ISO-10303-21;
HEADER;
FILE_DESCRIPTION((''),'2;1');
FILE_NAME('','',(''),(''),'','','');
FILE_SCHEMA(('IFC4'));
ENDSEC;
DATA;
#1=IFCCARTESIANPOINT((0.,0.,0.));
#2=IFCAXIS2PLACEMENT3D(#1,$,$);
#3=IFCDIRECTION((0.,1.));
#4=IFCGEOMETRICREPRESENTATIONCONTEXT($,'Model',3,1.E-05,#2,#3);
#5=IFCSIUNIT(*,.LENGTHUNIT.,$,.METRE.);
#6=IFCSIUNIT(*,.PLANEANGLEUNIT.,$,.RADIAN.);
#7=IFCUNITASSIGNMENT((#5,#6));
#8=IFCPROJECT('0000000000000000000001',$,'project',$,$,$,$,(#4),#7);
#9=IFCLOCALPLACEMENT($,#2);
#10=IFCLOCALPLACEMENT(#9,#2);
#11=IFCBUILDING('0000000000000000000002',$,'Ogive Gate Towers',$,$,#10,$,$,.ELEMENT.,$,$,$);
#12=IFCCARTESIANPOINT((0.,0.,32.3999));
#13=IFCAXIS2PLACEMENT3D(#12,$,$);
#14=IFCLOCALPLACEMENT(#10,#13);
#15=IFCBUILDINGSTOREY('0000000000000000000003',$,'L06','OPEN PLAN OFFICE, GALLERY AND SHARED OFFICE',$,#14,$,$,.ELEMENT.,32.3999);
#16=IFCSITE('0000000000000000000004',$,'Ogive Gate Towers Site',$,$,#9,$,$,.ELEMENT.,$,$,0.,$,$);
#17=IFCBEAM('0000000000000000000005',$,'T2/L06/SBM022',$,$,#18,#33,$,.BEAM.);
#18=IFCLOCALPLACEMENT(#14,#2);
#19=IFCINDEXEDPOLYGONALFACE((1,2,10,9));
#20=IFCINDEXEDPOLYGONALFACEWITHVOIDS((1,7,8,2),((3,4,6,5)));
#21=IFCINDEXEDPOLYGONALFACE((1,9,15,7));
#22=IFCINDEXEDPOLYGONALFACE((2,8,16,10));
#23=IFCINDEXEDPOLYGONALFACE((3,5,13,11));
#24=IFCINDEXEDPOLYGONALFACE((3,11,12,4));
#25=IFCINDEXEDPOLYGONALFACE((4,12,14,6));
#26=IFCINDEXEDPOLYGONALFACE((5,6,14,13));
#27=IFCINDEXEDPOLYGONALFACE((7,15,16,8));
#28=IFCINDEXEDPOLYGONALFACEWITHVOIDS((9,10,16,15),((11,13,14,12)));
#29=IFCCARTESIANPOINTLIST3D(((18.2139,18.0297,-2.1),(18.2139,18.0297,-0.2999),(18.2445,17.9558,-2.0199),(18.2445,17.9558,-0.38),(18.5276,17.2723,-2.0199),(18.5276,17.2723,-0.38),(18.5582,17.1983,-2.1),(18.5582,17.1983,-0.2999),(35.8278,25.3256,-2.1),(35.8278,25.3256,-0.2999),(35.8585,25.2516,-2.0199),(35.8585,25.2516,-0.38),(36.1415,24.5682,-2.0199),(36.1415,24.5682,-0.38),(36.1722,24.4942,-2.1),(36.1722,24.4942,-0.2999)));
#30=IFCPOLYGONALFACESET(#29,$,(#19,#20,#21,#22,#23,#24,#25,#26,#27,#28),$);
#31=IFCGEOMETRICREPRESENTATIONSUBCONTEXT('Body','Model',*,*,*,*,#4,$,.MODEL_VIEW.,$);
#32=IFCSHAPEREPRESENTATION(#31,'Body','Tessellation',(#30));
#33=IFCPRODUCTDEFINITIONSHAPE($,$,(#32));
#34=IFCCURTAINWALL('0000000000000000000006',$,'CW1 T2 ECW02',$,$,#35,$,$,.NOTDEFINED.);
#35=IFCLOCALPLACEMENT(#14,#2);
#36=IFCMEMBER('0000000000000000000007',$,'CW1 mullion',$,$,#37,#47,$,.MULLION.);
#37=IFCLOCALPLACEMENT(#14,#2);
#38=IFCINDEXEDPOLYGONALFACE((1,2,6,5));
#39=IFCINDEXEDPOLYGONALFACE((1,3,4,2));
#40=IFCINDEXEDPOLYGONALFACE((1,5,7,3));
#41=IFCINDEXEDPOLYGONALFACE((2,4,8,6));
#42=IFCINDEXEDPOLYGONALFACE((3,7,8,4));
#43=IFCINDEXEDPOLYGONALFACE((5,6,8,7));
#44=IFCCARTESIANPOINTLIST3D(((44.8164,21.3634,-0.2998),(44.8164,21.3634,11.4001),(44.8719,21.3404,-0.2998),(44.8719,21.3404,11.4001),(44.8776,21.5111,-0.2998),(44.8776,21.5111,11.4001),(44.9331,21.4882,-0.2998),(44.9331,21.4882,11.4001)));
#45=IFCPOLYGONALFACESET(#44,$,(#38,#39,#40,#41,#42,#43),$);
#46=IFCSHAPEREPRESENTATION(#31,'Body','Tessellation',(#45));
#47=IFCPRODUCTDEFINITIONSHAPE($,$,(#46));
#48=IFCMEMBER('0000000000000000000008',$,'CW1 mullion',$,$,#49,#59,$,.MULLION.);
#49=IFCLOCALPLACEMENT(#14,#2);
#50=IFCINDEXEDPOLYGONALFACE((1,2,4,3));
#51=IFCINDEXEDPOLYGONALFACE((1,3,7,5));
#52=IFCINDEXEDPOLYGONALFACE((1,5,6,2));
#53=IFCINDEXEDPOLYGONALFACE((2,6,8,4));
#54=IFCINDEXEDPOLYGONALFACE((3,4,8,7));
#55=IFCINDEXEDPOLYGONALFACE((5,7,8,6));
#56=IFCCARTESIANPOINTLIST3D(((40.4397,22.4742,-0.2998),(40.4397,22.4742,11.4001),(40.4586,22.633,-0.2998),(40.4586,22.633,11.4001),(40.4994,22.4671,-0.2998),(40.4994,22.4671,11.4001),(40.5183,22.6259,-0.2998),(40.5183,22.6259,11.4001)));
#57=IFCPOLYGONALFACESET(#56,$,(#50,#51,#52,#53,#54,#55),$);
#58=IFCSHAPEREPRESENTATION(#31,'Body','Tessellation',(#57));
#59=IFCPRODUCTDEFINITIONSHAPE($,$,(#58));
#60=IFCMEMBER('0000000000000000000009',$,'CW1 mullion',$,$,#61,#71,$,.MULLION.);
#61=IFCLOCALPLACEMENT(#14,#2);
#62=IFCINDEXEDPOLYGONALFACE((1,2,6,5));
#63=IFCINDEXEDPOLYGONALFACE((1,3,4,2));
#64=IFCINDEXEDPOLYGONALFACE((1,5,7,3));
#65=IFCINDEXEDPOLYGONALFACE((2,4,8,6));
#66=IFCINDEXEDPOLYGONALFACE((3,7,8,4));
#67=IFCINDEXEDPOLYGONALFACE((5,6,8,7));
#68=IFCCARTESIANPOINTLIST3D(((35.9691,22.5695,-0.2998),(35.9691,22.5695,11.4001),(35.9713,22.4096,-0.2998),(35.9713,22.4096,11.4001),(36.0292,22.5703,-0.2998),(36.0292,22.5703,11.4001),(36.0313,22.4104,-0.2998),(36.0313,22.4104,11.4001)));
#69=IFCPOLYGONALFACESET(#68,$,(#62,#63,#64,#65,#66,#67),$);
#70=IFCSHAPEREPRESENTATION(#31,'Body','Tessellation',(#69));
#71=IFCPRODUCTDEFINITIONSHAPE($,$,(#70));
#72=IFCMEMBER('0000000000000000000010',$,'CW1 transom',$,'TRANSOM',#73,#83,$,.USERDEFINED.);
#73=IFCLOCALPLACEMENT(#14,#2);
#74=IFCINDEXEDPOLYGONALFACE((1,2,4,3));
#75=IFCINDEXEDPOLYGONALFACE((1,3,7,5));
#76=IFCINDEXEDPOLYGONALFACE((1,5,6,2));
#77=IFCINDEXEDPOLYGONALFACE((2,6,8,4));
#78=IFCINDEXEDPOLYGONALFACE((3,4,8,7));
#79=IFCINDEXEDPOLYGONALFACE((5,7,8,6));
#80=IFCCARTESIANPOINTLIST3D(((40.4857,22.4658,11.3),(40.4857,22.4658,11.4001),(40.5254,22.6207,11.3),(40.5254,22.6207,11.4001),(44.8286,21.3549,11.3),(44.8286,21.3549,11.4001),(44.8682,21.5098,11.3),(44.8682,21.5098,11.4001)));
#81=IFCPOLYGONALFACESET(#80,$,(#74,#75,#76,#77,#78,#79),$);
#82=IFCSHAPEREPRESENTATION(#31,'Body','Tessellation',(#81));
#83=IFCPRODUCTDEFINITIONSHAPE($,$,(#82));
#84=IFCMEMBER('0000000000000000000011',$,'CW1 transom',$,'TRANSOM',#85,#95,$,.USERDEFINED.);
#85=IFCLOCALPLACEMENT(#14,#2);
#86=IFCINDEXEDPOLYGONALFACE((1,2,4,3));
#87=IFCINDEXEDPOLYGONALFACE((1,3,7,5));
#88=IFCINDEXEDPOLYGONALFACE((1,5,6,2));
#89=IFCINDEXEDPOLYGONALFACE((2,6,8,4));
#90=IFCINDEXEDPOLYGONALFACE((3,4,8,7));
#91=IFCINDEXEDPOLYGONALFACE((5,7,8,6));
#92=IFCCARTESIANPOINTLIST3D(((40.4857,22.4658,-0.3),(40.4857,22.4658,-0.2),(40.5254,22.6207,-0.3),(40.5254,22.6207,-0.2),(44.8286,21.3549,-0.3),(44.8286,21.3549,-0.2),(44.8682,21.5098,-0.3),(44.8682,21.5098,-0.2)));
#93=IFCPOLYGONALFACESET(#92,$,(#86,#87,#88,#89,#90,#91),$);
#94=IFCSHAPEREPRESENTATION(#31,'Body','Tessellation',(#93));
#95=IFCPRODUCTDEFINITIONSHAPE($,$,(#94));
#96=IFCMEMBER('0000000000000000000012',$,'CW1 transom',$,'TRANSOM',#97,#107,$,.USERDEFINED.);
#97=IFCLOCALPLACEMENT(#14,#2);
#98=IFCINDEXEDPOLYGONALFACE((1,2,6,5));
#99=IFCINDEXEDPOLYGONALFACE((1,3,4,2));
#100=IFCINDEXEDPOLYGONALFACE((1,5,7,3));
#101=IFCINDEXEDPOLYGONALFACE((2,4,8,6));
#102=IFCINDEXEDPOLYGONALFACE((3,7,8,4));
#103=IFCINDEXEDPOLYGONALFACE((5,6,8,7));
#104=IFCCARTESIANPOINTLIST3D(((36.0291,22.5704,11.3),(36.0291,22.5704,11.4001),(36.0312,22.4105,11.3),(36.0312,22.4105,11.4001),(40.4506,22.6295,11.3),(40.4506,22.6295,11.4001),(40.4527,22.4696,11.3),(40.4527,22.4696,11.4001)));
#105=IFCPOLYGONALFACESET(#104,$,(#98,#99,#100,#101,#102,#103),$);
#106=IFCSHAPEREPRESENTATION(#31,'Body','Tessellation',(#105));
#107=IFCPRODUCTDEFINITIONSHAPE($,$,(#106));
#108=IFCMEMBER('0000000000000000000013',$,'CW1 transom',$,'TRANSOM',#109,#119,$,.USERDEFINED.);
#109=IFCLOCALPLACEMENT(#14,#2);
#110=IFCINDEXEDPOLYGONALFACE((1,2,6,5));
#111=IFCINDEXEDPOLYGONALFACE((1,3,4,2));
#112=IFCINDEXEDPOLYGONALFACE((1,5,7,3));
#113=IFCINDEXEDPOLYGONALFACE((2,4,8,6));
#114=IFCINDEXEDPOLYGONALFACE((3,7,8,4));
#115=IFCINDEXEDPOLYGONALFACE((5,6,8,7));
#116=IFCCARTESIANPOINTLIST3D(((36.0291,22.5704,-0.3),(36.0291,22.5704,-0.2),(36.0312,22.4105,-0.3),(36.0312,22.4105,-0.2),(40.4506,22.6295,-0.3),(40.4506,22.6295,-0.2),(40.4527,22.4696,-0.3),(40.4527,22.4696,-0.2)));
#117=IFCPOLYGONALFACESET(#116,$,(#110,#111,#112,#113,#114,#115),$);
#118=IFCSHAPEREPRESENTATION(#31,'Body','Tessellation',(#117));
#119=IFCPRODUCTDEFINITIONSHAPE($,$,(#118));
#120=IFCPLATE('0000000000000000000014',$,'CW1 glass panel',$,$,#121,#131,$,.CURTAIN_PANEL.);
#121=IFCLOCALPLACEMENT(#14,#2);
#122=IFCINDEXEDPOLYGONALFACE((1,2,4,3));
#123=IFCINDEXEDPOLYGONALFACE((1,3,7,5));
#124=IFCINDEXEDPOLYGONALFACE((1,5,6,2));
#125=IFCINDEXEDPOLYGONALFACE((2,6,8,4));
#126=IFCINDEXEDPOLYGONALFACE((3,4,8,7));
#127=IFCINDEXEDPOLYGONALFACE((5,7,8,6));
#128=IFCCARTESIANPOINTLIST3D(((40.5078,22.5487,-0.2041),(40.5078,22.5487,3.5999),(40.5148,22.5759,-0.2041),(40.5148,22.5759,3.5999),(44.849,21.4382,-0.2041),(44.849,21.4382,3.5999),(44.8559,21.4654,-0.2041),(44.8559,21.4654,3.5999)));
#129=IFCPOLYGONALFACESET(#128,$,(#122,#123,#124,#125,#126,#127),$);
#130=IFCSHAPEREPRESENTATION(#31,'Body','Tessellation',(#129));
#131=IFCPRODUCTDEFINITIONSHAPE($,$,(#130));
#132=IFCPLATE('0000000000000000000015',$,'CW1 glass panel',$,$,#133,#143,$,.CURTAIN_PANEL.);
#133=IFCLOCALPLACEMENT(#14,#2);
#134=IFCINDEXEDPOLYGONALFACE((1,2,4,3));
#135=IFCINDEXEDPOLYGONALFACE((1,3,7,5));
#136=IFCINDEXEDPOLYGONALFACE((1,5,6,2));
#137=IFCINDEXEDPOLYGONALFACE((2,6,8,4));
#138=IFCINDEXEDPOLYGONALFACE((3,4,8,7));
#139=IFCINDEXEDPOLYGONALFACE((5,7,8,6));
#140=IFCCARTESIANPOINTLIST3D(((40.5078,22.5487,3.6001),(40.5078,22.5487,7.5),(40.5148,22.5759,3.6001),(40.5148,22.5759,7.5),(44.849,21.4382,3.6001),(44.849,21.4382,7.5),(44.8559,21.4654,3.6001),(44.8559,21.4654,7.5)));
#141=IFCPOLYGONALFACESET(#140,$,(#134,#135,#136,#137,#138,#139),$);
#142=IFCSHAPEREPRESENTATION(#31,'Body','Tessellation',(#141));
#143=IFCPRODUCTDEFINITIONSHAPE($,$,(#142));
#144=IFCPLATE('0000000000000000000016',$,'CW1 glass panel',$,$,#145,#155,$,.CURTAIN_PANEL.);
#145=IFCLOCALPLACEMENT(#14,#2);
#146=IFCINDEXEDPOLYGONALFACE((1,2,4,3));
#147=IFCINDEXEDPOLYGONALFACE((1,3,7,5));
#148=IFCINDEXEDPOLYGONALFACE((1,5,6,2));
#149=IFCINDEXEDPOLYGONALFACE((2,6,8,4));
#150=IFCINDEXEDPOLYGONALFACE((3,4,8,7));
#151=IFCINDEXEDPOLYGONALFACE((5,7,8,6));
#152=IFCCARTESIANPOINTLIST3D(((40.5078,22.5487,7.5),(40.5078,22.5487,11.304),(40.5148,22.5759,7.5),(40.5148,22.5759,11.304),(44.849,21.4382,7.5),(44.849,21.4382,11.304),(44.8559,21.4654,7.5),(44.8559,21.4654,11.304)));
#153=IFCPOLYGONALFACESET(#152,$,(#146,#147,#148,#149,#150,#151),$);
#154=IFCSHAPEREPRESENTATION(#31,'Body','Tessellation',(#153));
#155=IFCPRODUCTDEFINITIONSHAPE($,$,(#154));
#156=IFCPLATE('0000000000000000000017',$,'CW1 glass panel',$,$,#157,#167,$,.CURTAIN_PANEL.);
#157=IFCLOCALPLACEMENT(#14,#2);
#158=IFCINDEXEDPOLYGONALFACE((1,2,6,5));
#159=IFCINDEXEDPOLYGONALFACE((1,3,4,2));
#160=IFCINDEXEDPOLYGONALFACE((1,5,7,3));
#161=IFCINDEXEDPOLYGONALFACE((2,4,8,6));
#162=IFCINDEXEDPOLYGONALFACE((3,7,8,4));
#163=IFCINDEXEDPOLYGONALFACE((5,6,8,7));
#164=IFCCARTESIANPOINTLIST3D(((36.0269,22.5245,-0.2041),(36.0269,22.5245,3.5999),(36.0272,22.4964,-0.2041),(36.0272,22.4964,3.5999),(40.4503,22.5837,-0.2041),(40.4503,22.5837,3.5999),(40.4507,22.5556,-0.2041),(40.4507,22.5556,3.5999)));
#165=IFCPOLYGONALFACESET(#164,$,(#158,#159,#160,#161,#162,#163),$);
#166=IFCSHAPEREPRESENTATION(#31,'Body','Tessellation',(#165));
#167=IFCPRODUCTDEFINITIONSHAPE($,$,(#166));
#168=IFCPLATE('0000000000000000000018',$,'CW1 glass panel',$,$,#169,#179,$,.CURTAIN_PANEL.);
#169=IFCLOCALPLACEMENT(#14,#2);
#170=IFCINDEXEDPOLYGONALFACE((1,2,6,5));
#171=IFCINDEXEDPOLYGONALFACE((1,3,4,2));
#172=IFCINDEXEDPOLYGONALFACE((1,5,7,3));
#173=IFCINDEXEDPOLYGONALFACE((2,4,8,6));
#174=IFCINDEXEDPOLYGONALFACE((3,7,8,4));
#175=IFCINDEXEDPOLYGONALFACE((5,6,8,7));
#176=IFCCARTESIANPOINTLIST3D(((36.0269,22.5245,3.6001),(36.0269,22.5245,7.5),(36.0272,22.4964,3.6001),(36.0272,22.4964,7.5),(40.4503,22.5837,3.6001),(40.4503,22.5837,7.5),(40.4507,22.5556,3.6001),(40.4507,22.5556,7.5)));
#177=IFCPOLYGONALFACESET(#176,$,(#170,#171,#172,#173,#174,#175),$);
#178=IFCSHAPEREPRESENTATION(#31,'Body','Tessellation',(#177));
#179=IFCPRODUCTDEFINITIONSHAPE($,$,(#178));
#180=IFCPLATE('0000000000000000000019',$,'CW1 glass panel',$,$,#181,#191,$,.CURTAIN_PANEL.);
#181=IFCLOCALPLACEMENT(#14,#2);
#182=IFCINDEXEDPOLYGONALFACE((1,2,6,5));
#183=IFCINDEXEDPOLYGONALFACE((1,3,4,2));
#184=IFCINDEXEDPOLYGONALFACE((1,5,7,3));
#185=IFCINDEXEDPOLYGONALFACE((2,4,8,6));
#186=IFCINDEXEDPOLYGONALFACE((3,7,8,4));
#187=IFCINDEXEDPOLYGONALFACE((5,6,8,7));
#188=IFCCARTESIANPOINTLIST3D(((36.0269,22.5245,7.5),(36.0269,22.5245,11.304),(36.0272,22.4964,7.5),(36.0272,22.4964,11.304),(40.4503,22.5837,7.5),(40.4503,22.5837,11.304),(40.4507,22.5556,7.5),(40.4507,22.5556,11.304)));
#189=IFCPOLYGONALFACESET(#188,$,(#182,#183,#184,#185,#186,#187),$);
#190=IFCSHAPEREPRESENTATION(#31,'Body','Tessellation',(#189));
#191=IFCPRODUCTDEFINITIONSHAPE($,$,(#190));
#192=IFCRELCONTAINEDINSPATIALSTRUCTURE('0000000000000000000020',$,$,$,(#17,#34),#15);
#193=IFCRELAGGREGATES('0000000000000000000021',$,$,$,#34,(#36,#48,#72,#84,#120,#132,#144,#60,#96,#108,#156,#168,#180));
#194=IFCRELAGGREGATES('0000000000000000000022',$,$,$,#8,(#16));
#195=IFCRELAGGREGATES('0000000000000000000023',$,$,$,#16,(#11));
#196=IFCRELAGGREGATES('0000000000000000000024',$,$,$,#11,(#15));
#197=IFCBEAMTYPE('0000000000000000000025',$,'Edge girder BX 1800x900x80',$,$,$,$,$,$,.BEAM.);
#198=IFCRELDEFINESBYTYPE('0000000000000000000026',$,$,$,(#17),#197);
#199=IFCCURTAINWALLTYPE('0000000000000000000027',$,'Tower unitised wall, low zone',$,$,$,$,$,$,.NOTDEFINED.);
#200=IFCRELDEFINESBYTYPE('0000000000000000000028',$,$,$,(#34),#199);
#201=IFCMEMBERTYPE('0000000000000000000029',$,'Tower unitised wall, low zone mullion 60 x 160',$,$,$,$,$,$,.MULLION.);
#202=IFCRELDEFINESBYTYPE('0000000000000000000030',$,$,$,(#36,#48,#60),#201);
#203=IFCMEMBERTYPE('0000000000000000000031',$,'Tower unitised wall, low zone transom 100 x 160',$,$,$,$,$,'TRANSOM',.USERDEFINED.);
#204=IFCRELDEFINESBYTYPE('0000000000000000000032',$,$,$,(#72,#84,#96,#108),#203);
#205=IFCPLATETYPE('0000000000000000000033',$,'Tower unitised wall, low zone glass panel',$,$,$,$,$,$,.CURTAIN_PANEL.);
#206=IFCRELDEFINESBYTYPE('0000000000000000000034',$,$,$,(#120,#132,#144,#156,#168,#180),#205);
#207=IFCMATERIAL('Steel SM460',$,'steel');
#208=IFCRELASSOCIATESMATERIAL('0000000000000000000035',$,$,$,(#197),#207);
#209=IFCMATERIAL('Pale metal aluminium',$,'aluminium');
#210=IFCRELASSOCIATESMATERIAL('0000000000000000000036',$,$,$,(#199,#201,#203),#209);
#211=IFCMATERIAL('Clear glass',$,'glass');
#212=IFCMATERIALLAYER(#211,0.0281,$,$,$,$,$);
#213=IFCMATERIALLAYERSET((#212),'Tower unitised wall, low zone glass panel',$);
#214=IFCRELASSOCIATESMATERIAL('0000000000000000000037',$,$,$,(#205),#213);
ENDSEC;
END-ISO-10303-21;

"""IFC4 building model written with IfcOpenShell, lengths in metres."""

from ifc_helpers import new_model, si_unit, direction, frame, origin, origin_2d, place, context, subcontext, project, spatial, rectangle, hollow_rectangle, extrude, material, layer, layer_set, material_profile, profile_set, type_object, element, aggregate, save


model = new_model("IFC4")

# Units and contexts
model_context = context("Model", 3, precision=1e-05, world=origin(), true_north=direction((0.0, 1.0)))
body_context = subcontext(model_context, "Body", "Model", "MODEL_VIEW")
ifc_project = project(units=[si_unit("LENGTHUNIT", "METRE"), si_unit("PLANEANGLEUNIT", "RADIAN")], contexts=[model_context])

# Site, building, storey
site_placement = place(None, origin())
site = spatial("IfcSite", under=ifc_project, at=site_placement, Name="Ogive Gate Towers Site", CompositionType="ELEMENT", RefElevation=0.0)
building_placement = place(site_placement, origin())
building = spatial("IfcBuilding", under=site, at=building_placement, Name="Ogive Gate Towers", CompositionType="ELEMENT")
storey_placement = place(building_placement, frame((0.0, 0.0, 32.3999)))
storey = spatial("IfcBuildingStorey", under=building, at=storey_placement, Name="L06", Description="OPEN PLAN OFFICE, GALLERY AND SHARED OFFICE", CompositionType="ELEMENT", Elevation=32.3999)

# Beam
ifc_material_1 = material(Name="Steel SM460", Category="steel")
ifc_material_profile_1 = material_profile(ifc_material_1, hollow_rectangle(XDim=0.8999, YDim=1.8, WallThickness=0.0801, at=origin_2d()), Name="BX 1800x900x80")
ifc_profile_set_1 = profile_set([ifc_material_profile_1], Name="Steel SM460")
beam_type = type_object("IfcBeamType", Name="Edge girder BX 1800x900x80", PredefinedType="BEAM", material=ifc_profile_set_1)
beam_placement = place(storey_placement, frame((36.0, 24.9099, -1.2), z_axis=(-0.923881, -0.382681, 0.0), x_axis=(0.382681, -0.923881, 0.0)))
element("IfcBeam", 1, at=beam_placement, inside=storey, type_object=beam_type, Name="T2/L06/SBM022", PredefinedType="BEAM", context=body_context, shape_type="SweptSolid", body=[
    extrude(hollow_rectangle(XDim=0.8999, YDim=1.8, WallThickness=0.0801, at=origin_2d()), origin(), (0.0, 0.0, 1.0), 19.0652),
])

# Curtain wall, members, plates
ifc_material_2 = material(Name="Pale metal aluminium", Category="aluminium")
curtain_wall_type = type_object("IfcCurtainWallType", Name="Tower unitised wall, low zone", PredefinedType="NOTDEFINED", material=ifc_material_2)
curtain_wall_placement = place(storey_placement, origin())
curtain_wall = element("IfcCurtainWall", 2, at=curtain_wall_placement, inside=storey, type_object=curtain_wall_type, Name="CW1 T2 ECW02", PredefinedType="NOTDEFINED")
ifc_material_profile_2 = material_profile(ifc_material_2, rectangle(XDim=0.1599, YDim=0.0601, at=origin_2d()), Name="60 x 160 aluminium box")
ifc_profile_set_2 = profile_set([ifc_material_profile_2], Name="Pale metal aluminium")
member_type_1 = type_object("IfcMemberType", Name="Tower unitised wall, low zone mullion 60 x 160", PredefinedType="MULLION", material=ifc_profile_set_2)
member_1_placement = place(storey_placement, frame((44.8748, 21.4258, -0.2998), z_axis=(0.0, 0.0, 1.0), x_axis=(0.382683, 0.92388, 0.0)))
member_1 = element("IfcMember", 3, at=member_1_placement, type_object=member_type_1, Name="CW1 mullion", PredefinedType="MULLION", context=body_context, shape_type="SweptSolid", body=[
    extrude(rectangle(XDim=0.1599, YDim=0.0601, at=origin_2d()), origin(), (0.0, 0.0, 1.0), 11.7),
])
member_2_placement = place(storey_placement, frame((40.479, 22.55, -0.2998), z_axis=(0.0, 0.0, 1.0), x_axis=(0.118248, 0.992984, 0.0)))
member_2 = element("IfcMember", 4, at=member_2_placement, type_object=member_type_1, Name="CW1 mullion", PredefinedType="MULLION", context=body_context, shape_type="SweptSolid", body=[
    extrude(rectangle(XDim=0.1599, YDim=0.0601, at=origin_2d()), origin(), (0.0, 0.0, 1.0), 11.7),
])
member_3_placement = place(storey_placement, frame((36.0002, 22.49, -0.2998), z_axis=(0.0, 0.0, 1.0), x_axis=(-0.013386, 0.99991, 0.0)))
member_3 = element("IfcMember", 5, at=member_3_placement, type_object=member_type_1, Name="CW1 mullion", PredefinedType="MULLION", context=body_context, shape_type="SweptSolid", body=[
    extrude(rectangle(XDim=0.1599, YDim=0.0601, at=origin_2d()), origin(), (0.0, 0.0, 1.0), 11.7),
])
ifc_material_profile_3 = material_profile(ifc_material_2, rectangle(XDim=0.1599, YDim=0.1001, at=origin_2d()), Name="100 x 160 aluminium box")
ifc_profile_set_3 = profile_set([ifc_material_profile_3], Name="Pale metal aluminium")
member_type_2 = type_object("IfcMemberType", Name="Tower unitised wall, low zone transom 100 x 160", ElementType="TRANSOM", PredefinedType="USERDEFINED", material=ifc_profile_set_3)
member_4_placement = place(storey_placement, frame((44.8484, 21.4324, 11.3501), z_axis=(-0.968808, 0.247812, 0.0), x_axis=(-0.247812, -0.968808, 0.0)))
member_4 = element("IfcMember", 6, at=member_4_placement, type_object=member_type_2, Name="CW1 transom", ObjectType="TRANSOM", PredefinedType="USERDEFINED", context=body_context, shape_type="SweptSolid", body=[
    extrude(rectangle(XDim=0.1599, YDim=0.1001, at=origin_2d()), origin(), (0.0, 0.0, 1.0), 4.4827),
])
member_5_placement = place(storey_placement, frame((44.8484, 21.4324, -0.25), z_axis=(-0.968808, 0.247812, 0.0), x_axis=(-0.247812, -0.968808, 0.0)))
member_5 = element("IfcMember", 7, at=member_5_placement, type_object=member_type_2, Name="CW1 transom", ObjectType="TRANSOM", PredefinedType="USERDEFINED", context=body_context, shape_type="SweptSolid", body=[
    extrude(rectangle(XDim=0.1599, YDim=0.1001, at=origin_2d()), origin(), (0.0, 0.0, 1.0), 4.4827),
])
member_6_placement = place(storey_placement, frame((40.4517, 22.5496, 11.3501), z_axis=(-0.999911, -0.013362, 0.0), x_axis=(0.013362, -0.999911, 0.0)))
member_6 = element("IfcMember", 8, at=member_6_placement, type_object=member_type_2, Name="CW1 transom", ObjectType="TRANSOM", PredefinedType="USERDEFINED", context=body_context, shape_type="SweptSolid", body=[
    extrude(rectangle(XDim=0.1599, YDim=0.1001, at=origin_2d()), origin(), (0.0, 0.0, 1.0), 4.4219),
])
member_7_placement = place(storey_placement, frame((40.4517, 22.5496, -0.25), z_axis=(-0.999911, -0.013362, 0.0), x_axis=(0.013362, -0.999911, 0.0)))
member_7 = element("IfcMember", 9, at=member_7_placement, type_object=member_type_2, Name="CW1 transom", ObjectType="TRANSOM", PredefinedType="USERDEFINED", context=body_context, shape_type="SweptSolid", body=[
    extrude(rectangle(XDim=0.1599, YDim=0.1001, at=origin_2d()), origin(), (0.0, 0.0, 1.0), 4.4219),
])
ifc_material_3 = material(Name="Clear glass", Category="glass")
ifc_layer_1 = layer(ifc_material_3, 0.0281)
ifc_layer_set_1 = layer_set([ifc_layer_1], Name="Tower unitised wall, low zone glass panel")
plate_type = type_object("IfcPlateType", Name="Tower unitised wall, low zone glass panel", PredefinedType="CURTAIN_PANEL", material=ifc_layer_set_1)
plate_1_placement = place(storey_placement, frame((42.6819, 22.0071, -0.2041), z_axis=(0.0, 0.0, 1.0), x_axis=(-0.968804, 0.247828, 0.0)))
plate_1 = element("IfcPlate", 10, at=plate_1_placement, type_object=plate_type, Name="CW1 glass panel", PredefinedType="CURTAIN_PANEL", context=body_context, shape_type="SweptSolid", body=[
    extrude(rectangle(XDim=4.481, YDim=0.0281, at=origin_2d()), origin(), (0.0, 0.0, 1.0), 3.804),
])
plate_2_placement = place(storey_placement, frame((42.6819, 22.0071, 3.6001), z_axis=(0.0, 0.0, 1.0), x_axis=(-0.968804, 0.247828, 0.0)))
plate_2 = element("IfcPlate", 11, at=plate_2_placement, type_object=plate_type, Name="CW1 glass panel", PredefinedType="CURTAIN_PANEL", context=body_context, shape_type="SweptSolid", body=[
    extrude(rectangle(XDim=4.481, YDim=0.0281, at=origin_2d()), origin(), (0.0, 0.0, 1.0), 3.8999),
])
plate_3_placement = place(storey_placement, frame((42.6819, 22.0071, 7.5), z_axis=(0.0, 0.0, 1.0), x_axis=(-0.968804, 0.247828, 0.0)))
plate_3 = element("IfcPlate", 12, at=plate_3_placement, type_object=plate_type, Name="CW1 glass panel", PredefinedType="CURTAIN_PANEL", context=body_context, shape_type="SweptSolid", body=[
    extrude(rectangle(XDim=4.481, YDim=0.0281, at=origin_2d()), origin(), (0.0, 0.0, 1.0), 3.804),
])
plate_4_placement = place(storey_placement, frame((38.2388, 22.54, -0.2041), z_axis=(0.0, 0.0, 1.0), x_axis=(-0.99991, -0.013386, 0.0)))
plate_4 = element("IfcPlate", 13, at=plate_4_placement, type_object=plate_type, Name="CW1 glass panel", PredefinedType="CURTAIN_PANEL", context=body_context, shape_type="SweptSolid", body=[
    extrude(rectangle(XDim=4.4238, YDim=0.0281, at=origin_2d()), origin(), (0.0, 0.0, 1.0), 3.804),
])
plate_5_placement = place(storey_placement, frame((38.2388, 22.54, 3.6001), z_axis=(0.0, 0.0, 1.0), x_axis=(-0.99991, -0.013386, 0.0)))
plate_5 = element("IfcPlate", 14, at=plate_5_placement, type_object=plate_type, Name="CW1 glass panel", PredefinedType="CURTAIN_PANEL", context=body_context, shape_type="SweptSolid", body=[
    extrude(rectangle(XDim=4.4238, YDim=0.0281, at=origin_2d()), origin(), (0.0, 0.0, 1.0), 3.8999),
])
plate_6_placement = place(storey_placement, frame((38.2388, 22.54, 7.5), z_axis=(0.0, 0.0, 1.0), x_axis=(-0.99991, -0.013386, 0.0)))
plate_6 = element("IfcPlate", 15, at=plate_6_placement, type_object=plate_type, Name="CW1 glass panel", PredefinedType="CURTAIN_PANEL", context=body_context, shape_type="SweptSolid", body=[
    extrude(rectangle(XDim=4.4238, YDim=0.0281, at=origin_2d()), origin(), (0.0, 0.0, 1.0), 3.804),
])
aggregate(curtain_wall, [member_1, member_2, member_4, member_5, plate_1, plate_2, plate_3, member_3, member_6, member_7, plate_4, plate_5, plate_6])

save(model, "model.ifc")
